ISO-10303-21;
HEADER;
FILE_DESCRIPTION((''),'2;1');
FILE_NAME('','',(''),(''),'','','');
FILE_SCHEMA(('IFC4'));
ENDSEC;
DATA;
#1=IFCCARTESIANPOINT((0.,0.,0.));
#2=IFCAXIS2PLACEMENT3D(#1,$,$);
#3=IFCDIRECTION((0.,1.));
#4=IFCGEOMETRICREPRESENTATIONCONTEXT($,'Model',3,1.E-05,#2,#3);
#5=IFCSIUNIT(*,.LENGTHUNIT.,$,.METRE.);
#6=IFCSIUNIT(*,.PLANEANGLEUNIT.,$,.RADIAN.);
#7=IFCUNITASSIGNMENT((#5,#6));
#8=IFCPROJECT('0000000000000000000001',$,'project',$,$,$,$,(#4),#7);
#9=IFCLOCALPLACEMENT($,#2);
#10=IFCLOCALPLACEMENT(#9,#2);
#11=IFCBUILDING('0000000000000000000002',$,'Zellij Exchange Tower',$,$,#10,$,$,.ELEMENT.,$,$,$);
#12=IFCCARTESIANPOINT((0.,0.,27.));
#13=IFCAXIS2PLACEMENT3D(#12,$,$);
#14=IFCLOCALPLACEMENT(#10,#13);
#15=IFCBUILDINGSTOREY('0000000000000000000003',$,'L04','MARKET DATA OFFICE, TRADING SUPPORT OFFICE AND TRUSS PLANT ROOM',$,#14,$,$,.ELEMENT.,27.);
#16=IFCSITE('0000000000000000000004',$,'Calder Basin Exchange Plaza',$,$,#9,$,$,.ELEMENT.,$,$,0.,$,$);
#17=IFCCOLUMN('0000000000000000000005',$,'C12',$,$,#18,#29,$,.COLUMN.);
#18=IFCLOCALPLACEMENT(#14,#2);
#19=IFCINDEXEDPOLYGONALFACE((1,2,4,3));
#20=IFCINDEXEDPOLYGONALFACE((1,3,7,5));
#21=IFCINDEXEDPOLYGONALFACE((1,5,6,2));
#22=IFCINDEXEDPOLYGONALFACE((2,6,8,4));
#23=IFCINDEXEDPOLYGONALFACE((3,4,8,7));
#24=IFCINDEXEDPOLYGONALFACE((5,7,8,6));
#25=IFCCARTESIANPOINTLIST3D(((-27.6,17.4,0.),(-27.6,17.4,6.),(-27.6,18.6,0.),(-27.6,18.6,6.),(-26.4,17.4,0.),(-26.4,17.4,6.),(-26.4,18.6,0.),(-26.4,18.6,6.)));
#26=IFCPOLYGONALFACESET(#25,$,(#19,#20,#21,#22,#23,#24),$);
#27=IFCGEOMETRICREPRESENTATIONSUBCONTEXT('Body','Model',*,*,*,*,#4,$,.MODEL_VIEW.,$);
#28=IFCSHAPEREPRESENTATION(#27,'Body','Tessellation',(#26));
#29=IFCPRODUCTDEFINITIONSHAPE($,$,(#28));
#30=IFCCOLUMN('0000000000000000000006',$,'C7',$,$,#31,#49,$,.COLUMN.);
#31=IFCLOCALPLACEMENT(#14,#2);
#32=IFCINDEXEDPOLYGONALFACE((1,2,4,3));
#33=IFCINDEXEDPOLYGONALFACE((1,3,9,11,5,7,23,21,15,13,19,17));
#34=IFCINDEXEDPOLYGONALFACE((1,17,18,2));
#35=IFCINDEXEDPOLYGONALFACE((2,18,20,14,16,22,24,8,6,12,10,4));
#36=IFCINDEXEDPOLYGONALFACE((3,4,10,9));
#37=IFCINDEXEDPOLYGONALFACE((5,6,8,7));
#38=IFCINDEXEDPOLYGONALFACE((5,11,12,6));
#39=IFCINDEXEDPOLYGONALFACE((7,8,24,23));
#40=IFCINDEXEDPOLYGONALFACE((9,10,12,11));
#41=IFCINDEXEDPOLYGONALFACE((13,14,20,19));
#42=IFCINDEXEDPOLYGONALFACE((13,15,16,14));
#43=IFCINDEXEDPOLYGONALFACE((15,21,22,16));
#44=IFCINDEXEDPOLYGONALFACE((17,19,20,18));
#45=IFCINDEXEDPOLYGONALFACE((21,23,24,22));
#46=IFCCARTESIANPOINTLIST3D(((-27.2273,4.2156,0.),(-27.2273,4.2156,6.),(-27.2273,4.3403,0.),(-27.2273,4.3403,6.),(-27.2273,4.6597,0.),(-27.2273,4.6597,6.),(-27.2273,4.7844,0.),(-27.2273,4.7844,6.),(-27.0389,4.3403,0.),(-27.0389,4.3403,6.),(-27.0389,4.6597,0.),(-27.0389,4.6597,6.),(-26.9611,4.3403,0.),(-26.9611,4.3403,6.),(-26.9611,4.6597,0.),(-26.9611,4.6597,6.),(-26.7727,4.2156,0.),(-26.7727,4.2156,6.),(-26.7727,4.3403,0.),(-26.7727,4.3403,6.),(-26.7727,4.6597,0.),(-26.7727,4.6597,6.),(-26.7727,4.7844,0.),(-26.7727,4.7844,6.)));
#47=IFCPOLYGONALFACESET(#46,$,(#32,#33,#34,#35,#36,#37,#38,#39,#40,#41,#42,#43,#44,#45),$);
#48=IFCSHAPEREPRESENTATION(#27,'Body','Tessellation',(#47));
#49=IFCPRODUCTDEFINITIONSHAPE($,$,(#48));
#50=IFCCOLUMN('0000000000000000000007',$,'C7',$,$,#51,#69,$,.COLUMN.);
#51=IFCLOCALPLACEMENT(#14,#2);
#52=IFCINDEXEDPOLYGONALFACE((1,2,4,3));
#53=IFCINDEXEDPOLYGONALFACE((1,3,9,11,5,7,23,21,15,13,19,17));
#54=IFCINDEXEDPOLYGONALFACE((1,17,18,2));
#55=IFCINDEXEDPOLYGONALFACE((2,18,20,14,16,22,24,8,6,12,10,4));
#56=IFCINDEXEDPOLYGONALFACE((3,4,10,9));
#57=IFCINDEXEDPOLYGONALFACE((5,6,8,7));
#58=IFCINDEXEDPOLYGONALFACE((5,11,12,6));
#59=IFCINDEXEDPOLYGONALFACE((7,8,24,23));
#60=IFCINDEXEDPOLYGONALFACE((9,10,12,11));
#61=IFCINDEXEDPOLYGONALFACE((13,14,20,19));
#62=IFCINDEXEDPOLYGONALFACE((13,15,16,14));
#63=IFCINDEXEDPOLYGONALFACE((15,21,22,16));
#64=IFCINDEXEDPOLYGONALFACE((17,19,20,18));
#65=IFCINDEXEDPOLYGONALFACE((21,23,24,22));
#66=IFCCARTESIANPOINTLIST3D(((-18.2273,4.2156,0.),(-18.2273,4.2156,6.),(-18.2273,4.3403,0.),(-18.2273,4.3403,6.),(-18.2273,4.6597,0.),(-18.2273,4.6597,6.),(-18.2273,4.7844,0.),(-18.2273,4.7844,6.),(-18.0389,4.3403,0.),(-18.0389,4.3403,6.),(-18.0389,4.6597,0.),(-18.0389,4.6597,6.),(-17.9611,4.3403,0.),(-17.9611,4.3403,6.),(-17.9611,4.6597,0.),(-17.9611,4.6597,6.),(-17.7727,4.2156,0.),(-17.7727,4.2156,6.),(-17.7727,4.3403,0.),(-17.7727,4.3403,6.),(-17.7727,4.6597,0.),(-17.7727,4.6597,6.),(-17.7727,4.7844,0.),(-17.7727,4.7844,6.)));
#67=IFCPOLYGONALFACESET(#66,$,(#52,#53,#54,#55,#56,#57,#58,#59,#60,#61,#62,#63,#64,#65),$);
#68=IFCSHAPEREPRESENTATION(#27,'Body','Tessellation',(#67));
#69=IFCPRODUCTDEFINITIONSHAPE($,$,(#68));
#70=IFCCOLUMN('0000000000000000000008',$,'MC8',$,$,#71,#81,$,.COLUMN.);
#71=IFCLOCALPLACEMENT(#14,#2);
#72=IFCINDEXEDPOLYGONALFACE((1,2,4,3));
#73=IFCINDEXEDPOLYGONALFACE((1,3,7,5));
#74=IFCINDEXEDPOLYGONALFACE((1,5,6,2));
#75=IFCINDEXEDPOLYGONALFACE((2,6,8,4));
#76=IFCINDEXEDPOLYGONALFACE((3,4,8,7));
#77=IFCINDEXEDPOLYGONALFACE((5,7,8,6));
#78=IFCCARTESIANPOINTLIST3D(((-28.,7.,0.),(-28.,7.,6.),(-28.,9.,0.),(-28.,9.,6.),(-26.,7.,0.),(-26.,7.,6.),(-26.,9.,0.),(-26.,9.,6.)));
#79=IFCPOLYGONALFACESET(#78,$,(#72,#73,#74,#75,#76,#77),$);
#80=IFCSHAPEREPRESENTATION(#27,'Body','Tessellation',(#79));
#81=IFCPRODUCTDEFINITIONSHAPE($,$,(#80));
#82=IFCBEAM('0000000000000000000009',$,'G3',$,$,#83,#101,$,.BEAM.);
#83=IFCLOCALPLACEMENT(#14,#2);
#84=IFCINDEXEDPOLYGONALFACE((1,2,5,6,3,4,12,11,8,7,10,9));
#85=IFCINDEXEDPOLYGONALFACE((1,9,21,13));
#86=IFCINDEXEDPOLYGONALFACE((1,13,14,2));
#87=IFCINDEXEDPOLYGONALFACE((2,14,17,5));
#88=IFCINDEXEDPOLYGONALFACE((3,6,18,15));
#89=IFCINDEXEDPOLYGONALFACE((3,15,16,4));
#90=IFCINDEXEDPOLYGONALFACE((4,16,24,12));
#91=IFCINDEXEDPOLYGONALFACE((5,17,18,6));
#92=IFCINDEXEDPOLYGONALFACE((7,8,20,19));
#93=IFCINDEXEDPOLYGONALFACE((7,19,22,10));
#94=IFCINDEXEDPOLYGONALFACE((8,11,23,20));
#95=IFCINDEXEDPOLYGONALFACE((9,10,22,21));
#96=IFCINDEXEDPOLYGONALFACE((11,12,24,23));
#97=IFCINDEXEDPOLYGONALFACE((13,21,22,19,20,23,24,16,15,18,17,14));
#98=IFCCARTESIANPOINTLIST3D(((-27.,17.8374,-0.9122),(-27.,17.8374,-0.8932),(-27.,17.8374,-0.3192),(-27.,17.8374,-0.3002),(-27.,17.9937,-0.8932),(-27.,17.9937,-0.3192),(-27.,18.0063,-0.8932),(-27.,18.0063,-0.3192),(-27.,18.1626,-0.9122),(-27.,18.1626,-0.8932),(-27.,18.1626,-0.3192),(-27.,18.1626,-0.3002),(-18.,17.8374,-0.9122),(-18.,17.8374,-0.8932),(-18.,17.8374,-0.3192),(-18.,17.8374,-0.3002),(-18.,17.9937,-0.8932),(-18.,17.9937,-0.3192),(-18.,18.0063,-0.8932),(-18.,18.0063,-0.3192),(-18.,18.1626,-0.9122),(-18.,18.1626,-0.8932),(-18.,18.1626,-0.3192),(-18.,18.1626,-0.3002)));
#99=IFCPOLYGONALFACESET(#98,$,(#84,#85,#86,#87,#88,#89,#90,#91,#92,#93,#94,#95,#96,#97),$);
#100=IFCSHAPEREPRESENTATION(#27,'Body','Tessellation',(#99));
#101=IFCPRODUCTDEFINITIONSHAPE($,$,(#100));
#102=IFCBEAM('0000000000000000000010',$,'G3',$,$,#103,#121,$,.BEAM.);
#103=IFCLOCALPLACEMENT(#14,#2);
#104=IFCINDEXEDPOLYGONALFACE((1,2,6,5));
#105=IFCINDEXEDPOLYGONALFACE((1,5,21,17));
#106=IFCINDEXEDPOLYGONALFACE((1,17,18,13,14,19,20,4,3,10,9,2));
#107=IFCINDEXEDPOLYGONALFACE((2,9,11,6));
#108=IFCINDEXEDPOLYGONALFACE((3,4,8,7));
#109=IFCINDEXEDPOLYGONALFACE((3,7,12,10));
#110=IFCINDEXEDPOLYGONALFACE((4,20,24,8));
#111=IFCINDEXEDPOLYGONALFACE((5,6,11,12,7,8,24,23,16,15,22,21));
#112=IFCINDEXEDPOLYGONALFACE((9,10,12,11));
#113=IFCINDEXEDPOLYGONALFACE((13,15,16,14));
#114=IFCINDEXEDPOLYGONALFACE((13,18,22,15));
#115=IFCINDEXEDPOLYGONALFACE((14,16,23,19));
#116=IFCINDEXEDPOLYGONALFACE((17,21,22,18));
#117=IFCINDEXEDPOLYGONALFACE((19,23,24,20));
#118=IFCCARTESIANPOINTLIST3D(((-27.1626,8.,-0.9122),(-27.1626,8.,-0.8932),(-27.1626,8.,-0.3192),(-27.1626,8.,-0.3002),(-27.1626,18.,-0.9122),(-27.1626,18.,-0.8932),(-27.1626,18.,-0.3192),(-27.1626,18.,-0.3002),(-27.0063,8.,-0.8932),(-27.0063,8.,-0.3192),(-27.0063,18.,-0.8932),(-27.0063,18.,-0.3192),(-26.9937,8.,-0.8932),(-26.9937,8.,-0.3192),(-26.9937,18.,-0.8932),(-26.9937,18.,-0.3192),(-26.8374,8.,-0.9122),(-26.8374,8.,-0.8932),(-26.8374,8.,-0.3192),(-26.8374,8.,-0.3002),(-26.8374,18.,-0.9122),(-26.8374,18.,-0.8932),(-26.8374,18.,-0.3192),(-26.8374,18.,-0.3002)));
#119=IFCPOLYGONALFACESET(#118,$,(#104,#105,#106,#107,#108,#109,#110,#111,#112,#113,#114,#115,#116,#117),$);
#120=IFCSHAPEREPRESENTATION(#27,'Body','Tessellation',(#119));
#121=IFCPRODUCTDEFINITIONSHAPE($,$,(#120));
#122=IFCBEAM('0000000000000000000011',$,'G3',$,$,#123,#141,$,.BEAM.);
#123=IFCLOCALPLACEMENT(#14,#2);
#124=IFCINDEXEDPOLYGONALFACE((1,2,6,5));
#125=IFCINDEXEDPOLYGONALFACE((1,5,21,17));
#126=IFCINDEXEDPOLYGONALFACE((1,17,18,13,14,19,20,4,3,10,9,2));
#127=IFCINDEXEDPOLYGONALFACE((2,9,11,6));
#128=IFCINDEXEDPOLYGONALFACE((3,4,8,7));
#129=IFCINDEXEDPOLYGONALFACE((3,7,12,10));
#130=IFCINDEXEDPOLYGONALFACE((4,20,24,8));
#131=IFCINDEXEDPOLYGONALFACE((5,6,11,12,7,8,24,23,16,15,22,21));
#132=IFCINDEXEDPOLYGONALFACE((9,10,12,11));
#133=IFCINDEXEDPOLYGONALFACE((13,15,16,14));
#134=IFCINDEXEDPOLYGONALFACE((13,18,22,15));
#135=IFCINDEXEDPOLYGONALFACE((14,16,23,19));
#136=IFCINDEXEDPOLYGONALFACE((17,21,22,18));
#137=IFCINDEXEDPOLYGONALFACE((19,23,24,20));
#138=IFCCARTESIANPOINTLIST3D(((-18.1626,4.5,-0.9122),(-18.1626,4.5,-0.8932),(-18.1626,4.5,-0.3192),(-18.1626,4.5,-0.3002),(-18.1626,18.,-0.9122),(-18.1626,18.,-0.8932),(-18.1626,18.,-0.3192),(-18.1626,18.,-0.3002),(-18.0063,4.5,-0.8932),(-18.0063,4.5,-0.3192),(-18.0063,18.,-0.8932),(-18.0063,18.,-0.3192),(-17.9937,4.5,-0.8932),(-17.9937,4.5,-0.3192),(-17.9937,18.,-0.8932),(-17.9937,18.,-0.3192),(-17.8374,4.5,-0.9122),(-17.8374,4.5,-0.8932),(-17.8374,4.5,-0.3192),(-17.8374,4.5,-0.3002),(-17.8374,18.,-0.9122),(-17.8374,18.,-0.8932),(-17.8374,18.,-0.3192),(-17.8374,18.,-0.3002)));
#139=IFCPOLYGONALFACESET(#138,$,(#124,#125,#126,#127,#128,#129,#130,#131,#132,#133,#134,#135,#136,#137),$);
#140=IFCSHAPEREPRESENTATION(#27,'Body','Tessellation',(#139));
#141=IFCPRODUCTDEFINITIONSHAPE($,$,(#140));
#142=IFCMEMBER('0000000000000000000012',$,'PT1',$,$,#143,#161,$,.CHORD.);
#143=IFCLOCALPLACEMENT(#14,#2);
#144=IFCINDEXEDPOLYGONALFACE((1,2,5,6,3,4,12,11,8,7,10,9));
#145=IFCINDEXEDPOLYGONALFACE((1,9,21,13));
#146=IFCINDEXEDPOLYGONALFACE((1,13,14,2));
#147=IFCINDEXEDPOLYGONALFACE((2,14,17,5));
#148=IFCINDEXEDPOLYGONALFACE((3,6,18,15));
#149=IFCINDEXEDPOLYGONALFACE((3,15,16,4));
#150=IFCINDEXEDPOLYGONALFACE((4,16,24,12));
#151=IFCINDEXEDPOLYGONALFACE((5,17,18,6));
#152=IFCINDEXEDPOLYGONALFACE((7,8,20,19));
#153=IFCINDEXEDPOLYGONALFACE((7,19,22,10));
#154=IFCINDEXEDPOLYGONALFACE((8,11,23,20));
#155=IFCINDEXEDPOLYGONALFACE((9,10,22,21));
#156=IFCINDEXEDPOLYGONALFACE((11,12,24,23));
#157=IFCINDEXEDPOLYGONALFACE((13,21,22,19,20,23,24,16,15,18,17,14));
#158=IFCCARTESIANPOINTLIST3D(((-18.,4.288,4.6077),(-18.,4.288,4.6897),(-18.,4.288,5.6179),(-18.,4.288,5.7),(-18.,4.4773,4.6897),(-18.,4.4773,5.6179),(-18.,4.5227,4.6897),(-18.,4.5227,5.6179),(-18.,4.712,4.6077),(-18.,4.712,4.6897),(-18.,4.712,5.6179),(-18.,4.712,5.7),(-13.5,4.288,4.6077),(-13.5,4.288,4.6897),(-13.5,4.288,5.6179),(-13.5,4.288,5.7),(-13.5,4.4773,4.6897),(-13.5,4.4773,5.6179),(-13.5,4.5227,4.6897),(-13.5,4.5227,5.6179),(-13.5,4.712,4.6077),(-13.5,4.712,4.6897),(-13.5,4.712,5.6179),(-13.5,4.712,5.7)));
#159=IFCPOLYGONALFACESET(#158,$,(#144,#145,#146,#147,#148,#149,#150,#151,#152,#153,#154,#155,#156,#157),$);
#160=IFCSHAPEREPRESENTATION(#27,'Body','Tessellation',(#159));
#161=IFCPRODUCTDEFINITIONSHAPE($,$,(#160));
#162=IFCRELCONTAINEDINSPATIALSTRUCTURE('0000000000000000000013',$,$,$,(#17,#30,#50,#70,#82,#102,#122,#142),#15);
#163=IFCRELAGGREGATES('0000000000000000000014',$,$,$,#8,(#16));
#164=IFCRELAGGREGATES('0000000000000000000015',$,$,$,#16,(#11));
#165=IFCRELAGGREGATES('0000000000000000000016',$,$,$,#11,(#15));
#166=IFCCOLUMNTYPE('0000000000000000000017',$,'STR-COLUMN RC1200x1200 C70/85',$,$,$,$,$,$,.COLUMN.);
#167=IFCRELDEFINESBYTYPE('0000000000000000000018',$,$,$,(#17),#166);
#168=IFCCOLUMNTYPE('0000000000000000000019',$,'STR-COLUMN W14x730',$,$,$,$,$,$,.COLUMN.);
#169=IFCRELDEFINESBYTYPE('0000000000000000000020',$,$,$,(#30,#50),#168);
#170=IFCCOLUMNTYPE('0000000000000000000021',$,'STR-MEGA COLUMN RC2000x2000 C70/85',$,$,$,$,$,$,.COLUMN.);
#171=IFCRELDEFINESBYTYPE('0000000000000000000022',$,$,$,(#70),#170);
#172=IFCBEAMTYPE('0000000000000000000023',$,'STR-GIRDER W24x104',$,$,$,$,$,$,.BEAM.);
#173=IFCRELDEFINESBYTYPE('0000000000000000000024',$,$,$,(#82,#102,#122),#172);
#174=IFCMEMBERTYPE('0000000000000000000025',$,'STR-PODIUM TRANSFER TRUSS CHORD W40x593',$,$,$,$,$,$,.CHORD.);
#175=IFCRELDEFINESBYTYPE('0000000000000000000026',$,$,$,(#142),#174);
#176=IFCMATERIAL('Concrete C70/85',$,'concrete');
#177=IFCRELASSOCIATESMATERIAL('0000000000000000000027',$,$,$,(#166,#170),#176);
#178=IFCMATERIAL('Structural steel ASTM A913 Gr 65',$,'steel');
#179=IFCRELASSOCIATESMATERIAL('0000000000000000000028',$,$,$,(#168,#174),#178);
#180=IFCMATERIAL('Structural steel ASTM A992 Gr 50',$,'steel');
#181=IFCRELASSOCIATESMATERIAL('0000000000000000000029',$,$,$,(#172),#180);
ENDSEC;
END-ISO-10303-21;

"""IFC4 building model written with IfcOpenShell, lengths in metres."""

from ifc_helpers import new_model, si_unit, direction, frame, origin, origin_2d, place, context, subcontext, project, spatial, rectangle, i_section, extrude, material, material_profile, profile_set, type_object, element, save


model = new_model("IFC4")

# Units and contexts
model_context = context("Model", 3, precision=1e-05, world=origin(), true_north=direction((0.0, 1.0)))
body_context = subcontext(model_context, "Body", "Model", "MODEL_VIEW")
ifc_project = project(units=[si_unit("LENGTHUNIT", "METRE"), si_unit("PLANEANGLEUNIT", "RADIAN")], contexts=[model_context])

# Site, building, storey
site_placement = place(None, origin())
site = spatial("IfcSite", under=ifc_project, at=site_placement, Name="Calder Basin Exchange Plaza", CompositionType="ELEMENT", RefElevation=0.0)
building_placement = place(site_placement, origin())
building = spatial("IfcBuilding", under=site, at=building_placement, Name="Zellij Exchange Tower", CompositionType="ELEMENT")
storey_placement = place(building_placement, frame((0.0, 0.0, 27.0)))
storey = spatial("IfcBuildingStorey", under=building, at=storey_placement, Name="L04", Description="MARKET DATA OFFICE, TRADING SUPPORT OFFICE AND TRUSS PLANT ROOM", CompositionType="ELEMENT", Elevation=27.0)

# Columns
ifc_material_1 = material(Name="Concrete C70/85", Category="concrete")
ifc_material_profile_1 = material_profile(ifc_material_1, rectangle(XDim=1.2, YDim=1.2, at=origin_2d()), Name="STR-COLUMN RC1200x1200 C70/85")
ifc_profile_set_1 = profile_set([ifc_material_profile_1], Name="Concrete C70/85")
column_type_1 = type_object("IfcColumnType", Name="STR-COLUMN RC1200x1200 C70/85", PredefinedType="COLUMN", material=ifc_profile_set_1)
column_1_placement = place(storey_placement, frame((-27.0, 18.0, 0.0), z_axis=(0.0, 0.0, 1.0), x_axis=(1.0, 0.0, 0.0)))
element("IfcColumn", 1, at=column_1_placement, inside=storey, type_object=column_type_1, Name="C12", PredefinedType="COLUMN", context=body_context, shape_type="SweptSolid", body=[
    extrude(rectangle(XDim=1.2, YDim=1.2, at=origin_2d()), origin(), (0.0, 0.0, 1.0), 6.0),
])
ifc_material_2 = material(Name="Structural steel ASTM A913 Gr 65", Category="steel")
ifc_material_profile_2 = material_profile(ifc_material_2, i_section(OverallWidth=0.4546, OverallDepth=0.5688, WebThickness=0.0779, FlangeThickness=0.1248, at=origin_2d()), Name="W14x730")
ifc_profile_set_2 = profile_set([ifc_material_profile_2], Name="Structural steel ASTM A913 Gr 65")
column_type_2 = type_object("IfcColumnType", Name="STR-COLUMN W14x730", PredefinedType="COLUMN", material=ifc_profile_set_2)
for number, where, z_axis, x_axis, name in (
    (2, (-27.0, 4.5, 0.0), (0.0, 0.0, 1.0), (1.0, 0.0, 0.0), "C7"),
    (3, (-18.0, 4.5, 0.0), (0.0, 0.0, 1.0), (1.0, 0.0, 0.0), "C7"),
):
    element("IfcColumn", number, at=place(storey_placement, frame(where, z_axis=z_axis, x_axis=x_axis)), inside=storey, type_object=column_type_2, Name=name, PredefinedType="COLUMN", context=body_context, shape_type="SweptSolid", body=[
        extrude(i_section(OverallWidth=0.4546, OverallDepth=0.5688, WebThickness=0.0779, FlangeThickness=0.1248, at=origin_2d()), origin(), (0.0, 0.0, 1.0), 6.0),
    ])
ifc_material_profile_3 = material_profile(ifc_material_1, rectangle(XDim=2.0, YDim=2.0, at=origin_2d()), Name="STR-MEGA COLUMN RC2000x2000 C70/85")
ifc_profile_set_3 = profile_set([ifc_material_profile_3], Name="Concrete C70/85")
column_type_3 = type_object("IfcColumnType", Name="STR-MEGA COLUMN RC2000x2000 C70/85", PredefinedType="COLUMN", material=ifc_profile_set_3)
column_2_placement = place(storey_placement, frame((-27.0, 8.0, 0.0), z_axis=(0.0, 0.0, 1.0), x_axis=(1.0, 0.0, 0.0)))
element("IfcColumn", 4, at=column_2_placement, inside=storey, type_object=column_type_3, Name="MC8", PredefinedType="COLUMN", context=body_context, shape_type="SweptSolid", body=[
    extrude(rectangle(XDim=2.0, YDim=2.0, at=origin_2d()), origin(), (0.0, 0.0, 1.0), 6.0),
])

# Beams
ifc_material_3 = material(Name="Structural steel ASTM A992 Gr 50", Category="steel")
ifc_material_profile_4 = material_profile(ifc_material_3, i_section(OverallWidth=0.3252, OverallDepth=0.6121, WebThickness=0.0127, FlangeThickness=0.019, at=origin_2d()), Name="W24x104")
ifc_profile_set_4 = profile_set([ifc_material_profile_4], Name="Structural steel ASTM A992 Gr 50")
beam_type = type_object("IfcBeamType", Name="STR-GIRDER W24x104", PredefinedType="BEAM", material=ifc_profile_set_4)
beam_1_placement = place(storey_placement, frame((-27.0, 18.0, -0.6062), z_axis=(1.0, 0.0, 0.0), x_axis=(0.0, 1.0, 0.0)))
element("IfcBeam", 5, at=beam_1_placement, inside=storey, type_object=beam_type, Name="G3", PredefinedType="BEAM", context=body_context, shape_type="SweptSolid", body=[
    extrude(i_section(OverallWidth=0.3252, OverallDepth=0.6121, WebThickness=0.0127, FlangeThickness=0.019, at=origin_2d()), origin(), (0.0, 0.0, 1.0), 9.0),
])
beam_2_placement = place(storey_placement, frame((-27.0, 8.0, -0.6062), z_axis=(0.0, 1.0, 0.0), x_axis=(-1.0, 0.0, 0.0)))
element("IfcBeam", 6, at=beam_2_placement, inside=storey, type_object=beam_type, Name="G3", PredefinedType="BEAM", context=body_context, shape_type="SweptSolid", body=[
    extrude(i_section(OverallWidth=0.3252, OverallDepth=0.6121, WebThickness=0.0127, FlangeThickness=0.019, at=origin_2d()), origin(), (0.0, 0.0, 1.0), 10.0),
])
beam_3_placement = place(storey_placement, frame((-18.0, 4.5, -0.6062), z_axis=(0.0, 1.0, 0.0), x_axis=(-1.0, 0.0, 0.0)))
element("IfcBeam", 7, at=beam_3_placement, inside=storey, type_object=beam_type, Name="G3", PredefinedType="BEAM", context=body_context, shape_type="SweptSolid", body=[
    extrude(i_section(OverallWidth=0.3252, OverallDepth=0.6121, WebThickness=0.0127, FlangeThickness=0.019, at=origin_2d()), origin(), (0.0, 0.0, 1.0), 13.5),
])

# Member
ifc_material_profile_5 = material_profile(ifc_material_2, i_section(OverallWidth=0.4241, OverallDepth=1.0923, WebThickness=0.0454, FlangeThickness=0.082, at=origin_2d()), Name="W40x593")
ifc_profile_set_5 = profile_set([ifc_material_profile_5], Name="Structural steel ASTM A913 Gr 65")
member_type_1 = type_object("IfcMemberType", Name="STR-PODIUM TRANSFER TRUSS CHORD W40x593", PredefinedType="CHORD", material=ifc_profile_set_5)
member_1_placement = place(storey_placement, frame((-18.0, 4.5, 5.1538), z_axis=(1.0, 0.0, 0.0), x_axis=(0.0, 1.0, 0.0)))
element("IfcMember", 8, at=member_1_placement, inside=storey, type_object=member_type_1, Name="PT1", PredefinedType="CHORD", context=body_context, shape_type="SweptSolid", body=[
    extrude(i_section(OverallWidth=0.4241, OverallDepth=1.0923, WebThickness=0.0454, FlangeThickness=0.082, at=origin_2d()), origin(), (0.0, 0.0, 1.0), 4.5),
])

save(model, "model.ifc")
